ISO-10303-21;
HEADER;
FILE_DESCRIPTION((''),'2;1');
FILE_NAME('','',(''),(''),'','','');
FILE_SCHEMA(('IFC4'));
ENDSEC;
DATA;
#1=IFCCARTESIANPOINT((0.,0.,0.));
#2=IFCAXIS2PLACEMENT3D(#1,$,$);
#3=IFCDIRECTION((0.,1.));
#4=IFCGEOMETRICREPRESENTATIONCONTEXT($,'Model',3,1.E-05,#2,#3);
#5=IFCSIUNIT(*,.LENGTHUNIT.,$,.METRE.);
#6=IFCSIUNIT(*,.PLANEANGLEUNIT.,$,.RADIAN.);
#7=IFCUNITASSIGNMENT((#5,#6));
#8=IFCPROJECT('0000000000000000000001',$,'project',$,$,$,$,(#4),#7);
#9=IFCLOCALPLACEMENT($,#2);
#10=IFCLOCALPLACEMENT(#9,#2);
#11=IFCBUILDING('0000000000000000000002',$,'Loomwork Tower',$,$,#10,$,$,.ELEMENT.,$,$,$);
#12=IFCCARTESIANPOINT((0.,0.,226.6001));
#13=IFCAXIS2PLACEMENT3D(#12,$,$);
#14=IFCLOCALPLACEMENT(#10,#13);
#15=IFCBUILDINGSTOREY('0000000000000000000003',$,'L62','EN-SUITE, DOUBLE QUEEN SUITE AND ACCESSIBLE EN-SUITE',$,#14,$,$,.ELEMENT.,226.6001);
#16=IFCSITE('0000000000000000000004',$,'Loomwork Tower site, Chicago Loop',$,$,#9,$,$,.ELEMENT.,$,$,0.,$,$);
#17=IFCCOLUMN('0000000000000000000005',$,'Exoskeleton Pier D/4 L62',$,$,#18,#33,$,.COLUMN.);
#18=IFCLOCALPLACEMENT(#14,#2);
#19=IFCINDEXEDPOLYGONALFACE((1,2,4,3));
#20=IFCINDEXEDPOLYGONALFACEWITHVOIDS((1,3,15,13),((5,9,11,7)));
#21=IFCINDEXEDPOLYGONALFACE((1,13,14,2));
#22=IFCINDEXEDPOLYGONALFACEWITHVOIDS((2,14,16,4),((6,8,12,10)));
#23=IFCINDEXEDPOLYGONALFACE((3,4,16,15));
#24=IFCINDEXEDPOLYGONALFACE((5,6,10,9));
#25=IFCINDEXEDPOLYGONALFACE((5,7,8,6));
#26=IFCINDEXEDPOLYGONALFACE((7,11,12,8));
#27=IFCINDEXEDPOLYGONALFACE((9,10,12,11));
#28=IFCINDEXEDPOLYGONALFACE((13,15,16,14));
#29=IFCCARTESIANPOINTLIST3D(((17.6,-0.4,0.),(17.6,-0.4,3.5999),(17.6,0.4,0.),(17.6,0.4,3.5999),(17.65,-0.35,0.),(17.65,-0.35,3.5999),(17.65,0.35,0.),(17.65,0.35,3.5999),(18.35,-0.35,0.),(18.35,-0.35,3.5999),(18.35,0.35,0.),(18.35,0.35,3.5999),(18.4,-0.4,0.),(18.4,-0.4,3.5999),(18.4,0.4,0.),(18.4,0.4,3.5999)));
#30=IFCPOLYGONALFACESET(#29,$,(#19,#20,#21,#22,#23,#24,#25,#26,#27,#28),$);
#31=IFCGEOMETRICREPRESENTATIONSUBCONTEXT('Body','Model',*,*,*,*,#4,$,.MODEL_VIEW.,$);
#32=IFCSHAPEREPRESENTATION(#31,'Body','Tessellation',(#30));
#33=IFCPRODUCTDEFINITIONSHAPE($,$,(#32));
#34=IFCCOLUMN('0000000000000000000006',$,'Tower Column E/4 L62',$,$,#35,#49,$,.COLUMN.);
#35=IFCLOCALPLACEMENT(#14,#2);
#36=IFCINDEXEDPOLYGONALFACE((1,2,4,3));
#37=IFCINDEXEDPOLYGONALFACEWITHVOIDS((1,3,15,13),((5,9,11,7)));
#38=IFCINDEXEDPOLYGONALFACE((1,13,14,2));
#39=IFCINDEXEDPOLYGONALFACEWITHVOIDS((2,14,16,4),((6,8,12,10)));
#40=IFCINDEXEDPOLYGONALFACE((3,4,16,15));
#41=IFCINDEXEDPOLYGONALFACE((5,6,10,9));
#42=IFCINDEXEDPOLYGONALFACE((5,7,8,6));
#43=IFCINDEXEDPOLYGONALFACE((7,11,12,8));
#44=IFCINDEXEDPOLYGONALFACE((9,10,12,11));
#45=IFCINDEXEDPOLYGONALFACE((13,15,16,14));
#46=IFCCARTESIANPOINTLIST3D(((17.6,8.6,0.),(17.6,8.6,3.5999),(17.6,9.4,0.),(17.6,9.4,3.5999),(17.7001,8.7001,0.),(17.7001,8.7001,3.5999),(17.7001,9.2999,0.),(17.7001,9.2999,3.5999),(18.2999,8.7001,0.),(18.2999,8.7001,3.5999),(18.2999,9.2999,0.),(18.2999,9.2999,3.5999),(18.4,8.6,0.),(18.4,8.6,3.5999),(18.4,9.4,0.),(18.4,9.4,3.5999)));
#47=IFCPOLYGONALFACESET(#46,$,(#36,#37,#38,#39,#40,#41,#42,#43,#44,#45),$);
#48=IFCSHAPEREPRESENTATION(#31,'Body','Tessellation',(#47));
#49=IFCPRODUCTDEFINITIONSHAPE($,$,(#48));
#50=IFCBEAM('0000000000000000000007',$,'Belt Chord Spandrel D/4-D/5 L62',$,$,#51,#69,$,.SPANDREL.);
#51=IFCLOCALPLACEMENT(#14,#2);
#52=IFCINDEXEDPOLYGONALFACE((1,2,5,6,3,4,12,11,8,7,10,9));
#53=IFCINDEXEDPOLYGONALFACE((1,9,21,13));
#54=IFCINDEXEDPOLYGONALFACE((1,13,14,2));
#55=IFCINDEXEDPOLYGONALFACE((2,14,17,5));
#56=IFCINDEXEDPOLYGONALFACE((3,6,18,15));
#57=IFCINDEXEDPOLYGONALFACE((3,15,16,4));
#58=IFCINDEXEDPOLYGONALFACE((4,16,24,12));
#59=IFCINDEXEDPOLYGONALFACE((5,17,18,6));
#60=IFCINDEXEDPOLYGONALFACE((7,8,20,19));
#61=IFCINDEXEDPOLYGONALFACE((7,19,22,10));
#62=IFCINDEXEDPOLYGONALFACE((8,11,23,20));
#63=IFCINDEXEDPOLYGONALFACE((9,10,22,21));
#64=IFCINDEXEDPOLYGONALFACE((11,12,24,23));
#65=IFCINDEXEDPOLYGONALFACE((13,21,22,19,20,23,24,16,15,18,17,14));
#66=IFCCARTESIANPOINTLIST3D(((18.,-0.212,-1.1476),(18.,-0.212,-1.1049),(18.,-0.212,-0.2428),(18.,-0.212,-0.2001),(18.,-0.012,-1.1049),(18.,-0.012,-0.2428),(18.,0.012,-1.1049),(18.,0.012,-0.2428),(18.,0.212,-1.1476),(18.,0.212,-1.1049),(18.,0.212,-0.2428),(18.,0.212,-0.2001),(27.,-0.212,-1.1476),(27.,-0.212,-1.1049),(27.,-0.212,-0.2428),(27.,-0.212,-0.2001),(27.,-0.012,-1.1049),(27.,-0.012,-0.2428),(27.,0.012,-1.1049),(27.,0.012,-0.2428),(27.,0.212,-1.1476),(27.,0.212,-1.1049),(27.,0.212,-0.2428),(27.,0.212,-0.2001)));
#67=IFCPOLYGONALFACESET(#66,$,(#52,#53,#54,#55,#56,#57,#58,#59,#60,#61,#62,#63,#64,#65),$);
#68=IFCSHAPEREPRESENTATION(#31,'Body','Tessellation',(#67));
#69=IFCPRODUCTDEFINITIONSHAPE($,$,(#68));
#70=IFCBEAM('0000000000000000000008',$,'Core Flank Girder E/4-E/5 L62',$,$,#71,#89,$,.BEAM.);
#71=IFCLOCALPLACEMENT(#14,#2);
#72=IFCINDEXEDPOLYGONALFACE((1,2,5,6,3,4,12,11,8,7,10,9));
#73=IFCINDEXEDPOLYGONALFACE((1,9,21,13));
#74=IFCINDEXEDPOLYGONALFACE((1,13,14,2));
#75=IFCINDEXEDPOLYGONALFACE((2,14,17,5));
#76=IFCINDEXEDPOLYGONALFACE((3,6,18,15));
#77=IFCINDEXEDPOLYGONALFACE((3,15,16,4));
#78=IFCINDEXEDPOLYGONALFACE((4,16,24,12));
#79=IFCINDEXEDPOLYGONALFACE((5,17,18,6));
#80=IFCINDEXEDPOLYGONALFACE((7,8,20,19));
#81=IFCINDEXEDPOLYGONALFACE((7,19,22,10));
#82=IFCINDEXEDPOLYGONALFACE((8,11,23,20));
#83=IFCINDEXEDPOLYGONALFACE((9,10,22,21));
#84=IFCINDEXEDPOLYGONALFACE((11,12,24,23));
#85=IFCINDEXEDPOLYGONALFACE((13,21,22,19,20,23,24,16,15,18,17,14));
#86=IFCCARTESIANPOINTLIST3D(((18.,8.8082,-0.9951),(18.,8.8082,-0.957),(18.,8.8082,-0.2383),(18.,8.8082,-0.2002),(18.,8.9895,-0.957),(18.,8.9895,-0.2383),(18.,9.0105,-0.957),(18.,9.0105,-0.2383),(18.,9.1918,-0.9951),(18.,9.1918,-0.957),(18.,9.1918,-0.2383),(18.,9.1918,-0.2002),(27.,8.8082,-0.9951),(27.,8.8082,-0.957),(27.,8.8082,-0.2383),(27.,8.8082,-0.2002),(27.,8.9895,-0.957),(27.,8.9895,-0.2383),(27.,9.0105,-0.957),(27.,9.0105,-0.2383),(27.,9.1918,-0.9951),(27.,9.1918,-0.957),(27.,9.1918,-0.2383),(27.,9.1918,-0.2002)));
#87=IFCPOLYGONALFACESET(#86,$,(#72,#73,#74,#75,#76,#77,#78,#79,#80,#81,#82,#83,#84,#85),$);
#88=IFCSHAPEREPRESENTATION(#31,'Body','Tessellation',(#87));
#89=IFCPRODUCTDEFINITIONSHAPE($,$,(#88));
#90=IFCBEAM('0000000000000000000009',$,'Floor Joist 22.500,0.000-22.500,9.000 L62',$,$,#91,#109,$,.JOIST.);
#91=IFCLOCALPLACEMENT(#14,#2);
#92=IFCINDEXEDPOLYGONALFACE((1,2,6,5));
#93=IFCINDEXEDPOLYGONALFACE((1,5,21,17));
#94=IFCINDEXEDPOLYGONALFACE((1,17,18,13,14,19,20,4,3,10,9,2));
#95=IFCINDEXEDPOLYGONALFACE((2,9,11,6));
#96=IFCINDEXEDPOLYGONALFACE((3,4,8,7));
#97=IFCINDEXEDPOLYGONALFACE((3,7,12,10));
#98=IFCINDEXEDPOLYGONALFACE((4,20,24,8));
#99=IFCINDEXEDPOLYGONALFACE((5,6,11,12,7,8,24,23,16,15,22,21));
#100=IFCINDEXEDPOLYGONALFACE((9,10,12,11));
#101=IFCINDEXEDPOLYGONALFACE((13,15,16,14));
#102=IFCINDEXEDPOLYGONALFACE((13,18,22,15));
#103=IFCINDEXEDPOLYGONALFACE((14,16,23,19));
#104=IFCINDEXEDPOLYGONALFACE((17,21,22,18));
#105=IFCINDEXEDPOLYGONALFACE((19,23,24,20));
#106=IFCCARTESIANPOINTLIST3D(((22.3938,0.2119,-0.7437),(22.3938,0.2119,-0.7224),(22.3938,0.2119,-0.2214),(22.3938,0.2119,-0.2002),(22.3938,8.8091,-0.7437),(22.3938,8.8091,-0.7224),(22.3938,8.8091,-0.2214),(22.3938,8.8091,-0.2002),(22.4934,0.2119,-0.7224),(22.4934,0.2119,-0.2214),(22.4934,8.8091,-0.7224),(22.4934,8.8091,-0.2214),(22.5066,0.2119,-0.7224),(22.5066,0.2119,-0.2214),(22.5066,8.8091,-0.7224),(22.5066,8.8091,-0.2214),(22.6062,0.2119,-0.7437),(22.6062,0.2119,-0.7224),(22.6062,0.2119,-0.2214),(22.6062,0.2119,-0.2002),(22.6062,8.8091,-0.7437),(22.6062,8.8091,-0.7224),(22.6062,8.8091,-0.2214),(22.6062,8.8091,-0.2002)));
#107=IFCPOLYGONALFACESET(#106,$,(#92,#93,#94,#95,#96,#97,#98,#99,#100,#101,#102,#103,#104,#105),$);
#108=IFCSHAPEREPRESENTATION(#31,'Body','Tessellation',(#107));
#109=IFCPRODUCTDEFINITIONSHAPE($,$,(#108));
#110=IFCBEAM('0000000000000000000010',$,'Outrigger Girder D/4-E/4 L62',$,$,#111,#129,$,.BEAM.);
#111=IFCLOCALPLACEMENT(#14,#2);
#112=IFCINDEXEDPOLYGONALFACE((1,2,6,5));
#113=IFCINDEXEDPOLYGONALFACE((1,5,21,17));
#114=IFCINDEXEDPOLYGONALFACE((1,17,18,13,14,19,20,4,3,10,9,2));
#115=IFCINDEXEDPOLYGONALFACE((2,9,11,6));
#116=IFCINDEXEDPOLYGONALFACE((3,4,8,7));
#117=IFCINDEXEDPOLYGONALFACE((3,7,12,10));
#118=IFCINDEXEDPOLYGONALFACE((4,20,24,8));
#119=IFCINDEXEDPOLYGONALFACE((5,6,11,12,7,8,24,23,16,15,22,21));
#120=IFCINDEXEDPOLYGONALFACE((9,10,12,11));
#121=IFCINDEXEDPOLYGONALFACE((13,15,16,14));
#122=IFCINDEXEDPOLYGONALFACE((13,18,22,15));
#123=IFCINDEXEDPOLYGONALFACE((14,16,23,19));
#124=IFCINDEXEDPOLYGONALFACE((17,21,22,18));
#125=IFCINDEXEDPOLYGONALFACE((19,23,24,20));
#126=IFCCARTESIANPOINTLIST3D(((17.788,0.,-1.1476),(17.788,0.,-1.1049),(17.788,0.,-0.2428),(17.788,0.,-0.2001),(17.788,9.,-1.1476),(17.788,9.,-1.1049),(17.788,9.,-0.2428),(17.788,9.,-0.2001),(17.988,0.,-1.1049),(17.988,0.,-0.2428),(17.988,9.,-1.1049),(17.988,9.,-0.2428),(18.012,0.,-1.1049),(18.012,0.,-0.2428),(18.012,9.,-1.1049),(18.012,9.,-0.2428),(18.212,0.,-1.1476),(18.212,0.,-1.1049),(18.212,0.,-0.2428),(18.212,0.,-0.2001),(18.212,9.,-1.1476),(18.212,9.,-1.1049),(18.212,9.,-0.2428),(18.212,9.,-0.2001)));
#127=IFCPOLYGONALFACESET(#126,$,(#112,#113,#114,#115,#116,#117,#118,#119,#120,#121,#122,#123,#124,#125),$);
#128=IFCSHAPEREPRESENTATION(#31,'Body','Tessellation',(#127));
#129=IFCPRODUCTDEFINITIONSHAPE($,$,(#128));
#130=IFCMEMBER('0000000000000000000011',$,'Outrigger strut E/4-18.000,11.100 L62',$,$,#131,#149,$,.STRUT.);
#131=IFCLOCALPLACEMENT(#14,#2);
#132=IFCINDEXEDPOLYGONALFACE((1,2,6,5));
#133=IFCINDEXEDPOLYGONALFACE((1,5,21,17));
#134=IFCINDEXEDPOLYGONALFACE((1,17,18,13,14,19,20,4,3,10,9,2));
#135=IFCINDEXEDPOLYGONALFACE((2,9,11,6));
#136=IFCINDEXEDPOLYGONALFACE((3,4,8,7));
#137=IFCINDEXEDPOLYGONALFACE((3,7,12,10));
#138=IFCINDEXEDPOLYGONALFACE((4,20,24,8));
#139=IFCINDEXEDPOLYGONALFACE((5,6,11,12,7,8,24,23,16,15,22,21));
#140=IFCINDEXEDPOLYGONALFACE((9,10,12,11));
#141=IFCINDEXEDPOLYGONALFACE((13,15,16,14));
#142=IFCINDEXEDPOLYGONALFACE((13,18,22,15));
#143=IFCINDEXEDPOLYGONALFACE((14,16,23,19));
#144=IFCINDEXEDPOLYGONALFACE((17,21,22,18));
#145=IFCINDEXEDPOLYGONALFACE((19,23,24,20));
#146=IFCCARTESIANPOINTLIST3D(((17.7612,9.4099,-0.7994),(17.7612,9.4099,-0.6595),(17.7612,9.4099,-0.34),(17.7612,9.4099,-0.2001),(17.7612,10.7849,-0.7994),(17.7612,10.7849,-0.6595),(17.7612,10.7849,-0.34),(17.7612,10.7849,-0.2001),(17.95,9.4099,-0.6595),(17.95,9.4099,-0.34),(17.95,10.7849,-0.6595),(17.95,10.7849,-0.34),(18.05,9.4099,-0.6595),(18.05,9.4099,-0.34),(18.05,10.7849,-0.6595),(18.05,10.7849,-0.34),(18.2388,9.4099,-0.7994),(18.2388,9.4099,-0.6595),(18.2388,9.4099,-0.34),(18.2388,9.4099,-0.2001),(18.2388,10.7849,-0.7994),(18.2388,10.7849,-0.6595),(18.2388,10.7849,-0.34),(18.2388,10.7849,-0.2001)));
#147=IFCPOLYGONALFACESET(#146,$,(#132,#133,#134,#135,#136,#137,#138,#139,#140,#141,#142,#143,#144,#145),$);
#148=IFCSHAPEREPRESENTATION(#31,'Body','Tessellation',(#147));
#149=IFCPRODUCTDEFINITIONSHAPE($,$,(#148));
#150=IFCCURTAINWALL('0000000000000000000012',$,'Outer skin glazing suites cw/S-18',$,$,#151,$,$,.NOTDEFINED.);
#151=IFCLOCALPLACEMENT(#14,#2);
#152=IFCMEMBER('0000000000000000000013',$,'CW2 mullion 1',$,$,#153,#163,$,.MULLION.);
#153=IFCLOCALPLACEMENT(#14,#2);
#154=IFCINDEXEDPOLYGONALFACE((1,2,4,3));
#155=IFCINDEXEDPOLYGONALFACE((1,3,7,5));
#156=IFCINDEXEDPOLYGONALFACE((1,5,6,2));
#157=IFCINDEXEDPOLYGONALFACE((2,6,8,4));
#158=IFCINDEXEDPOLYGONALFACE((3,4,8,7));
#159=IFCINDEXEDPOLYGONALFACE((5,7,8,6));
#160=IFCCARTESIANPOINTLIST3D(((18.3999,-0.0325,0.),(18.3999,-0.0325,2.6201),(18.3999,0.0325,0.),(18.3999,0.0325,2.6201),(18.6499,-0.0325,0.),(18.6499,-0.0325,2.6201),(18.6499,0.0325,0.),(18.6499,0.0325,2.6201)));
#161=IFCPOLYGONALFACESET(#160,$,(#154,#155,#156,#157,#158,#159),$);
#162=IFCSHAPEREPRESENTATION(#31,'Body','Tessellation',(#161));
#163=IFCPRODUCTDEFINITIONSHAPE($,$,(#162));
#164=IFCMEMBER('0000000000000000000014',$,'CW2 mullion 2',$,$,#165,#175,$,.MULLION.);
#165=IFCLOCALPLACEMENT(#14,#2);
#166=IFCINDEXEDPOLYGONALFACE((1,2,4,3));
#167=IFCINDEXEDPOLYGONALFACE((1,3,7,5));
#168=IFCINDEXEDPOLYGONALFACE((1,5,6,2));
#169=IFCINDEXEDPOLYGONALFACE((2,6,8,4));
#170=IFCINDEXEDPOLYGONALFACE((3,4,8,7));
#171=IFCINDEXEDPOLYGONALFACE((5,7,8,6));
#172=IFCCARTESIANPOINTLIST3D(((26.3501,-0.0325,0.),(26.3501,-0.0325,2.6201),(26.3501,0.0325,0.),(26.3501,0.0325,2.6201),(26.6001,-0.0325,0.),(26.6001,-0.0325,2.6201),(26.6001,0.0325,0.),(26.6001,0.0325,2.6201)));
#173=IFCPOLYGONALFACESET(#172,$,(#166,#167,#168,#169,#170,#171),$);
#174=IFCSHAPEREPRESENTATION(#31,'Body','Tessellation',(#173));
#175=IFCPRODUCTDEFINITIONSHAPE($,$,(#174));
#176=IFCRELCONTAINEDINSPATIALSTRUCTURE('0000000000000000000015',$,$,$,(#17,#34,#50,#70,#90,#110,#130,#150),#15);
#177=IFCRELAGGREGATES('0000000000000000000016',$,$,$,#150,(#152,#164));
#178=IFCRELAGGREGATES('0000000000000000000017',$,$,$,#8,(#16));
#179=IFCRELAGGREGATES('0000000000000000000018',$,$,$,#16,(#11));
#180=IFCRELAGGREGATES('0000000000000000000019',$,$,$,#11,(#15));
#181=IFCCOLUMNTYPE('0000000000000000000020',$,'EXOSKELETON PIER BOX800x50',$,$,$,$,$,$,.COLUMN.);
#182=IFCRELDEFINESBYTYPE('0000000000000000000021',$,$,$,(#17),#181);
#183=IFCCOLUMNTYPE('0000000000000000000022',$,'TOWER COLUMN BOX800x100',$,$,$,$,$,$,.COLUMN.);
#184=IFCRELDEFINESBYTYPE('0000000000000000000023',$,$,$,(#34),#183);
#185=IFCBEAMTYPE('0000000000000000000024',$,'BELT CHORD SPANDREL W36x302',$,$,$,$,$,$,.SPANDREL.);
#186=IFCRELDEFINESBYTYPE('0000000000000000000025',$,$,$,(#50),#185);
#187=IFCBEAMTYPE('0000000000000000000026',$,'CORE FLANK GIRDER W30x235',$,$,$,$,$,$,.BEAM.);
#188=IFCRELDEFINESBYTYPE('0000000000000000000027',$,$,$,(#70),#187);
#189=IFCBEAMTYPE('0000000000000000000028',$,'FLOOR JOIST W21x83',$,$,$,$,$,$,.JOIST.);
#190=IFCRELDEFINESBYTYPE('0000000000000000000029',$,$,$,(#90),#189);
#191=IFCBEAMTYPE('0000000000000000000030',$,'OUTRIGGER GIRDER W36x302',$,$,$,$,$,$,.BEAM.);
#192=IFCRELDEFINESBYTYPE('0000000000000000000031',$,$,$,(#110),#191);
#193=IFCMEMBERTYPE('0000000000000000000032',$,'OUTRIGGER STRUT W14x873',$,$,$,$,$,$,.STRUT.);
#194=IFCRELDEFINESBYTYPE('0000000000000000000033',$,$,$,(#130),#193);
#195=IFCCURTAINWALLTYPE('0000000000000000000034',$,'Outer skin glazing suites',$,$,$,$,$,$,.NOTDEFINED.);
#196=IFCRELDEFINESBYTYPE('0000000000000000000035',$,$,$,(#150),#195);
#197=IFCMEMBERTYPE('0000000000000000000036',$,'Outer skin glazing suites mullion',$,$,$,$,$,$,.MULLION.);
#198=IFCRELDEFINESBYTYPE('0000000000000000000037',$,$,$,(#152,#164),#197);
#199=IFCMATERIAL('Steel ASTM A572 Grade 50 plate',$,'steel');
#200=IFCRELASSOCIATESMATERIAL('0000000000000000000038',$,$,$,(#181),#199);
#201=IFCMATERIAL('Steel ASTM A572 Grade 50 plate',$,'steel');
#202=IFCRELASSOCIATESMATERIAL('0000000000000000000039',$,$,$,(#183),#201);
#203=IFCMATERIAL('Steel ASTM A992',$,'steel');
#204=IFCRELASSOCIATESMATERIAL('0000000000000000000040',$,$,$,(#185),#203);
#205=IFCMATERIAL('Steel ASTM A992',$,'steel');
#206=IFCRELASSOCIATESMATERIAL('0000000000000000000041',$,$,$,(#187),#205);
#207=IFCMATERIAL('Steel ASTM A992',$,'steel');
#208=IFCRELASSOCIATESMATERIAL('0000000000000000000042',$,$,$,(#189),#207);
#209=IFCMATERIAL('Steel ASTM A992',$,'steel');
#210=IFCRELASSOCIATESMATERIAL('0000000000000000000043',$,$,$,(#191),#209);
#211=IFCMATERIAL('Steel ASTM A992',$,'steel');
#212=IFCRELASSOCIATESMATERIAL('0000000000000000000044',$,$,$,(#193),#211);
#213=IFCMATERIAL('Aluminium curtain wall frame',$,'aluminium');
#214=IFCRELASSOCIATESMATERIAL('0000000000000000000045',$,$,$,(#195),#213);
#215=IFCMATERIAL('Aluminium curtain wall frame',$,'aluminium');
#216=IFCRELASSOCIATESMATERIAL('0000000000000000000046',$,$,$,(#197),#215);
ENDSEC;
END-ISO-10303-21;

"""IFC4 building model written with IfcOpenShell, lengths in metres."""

from ifc_helpers import new_model, si_unit, direction, frame, origin, origin_2d, place, context, subcontext, project, spatial, rectangle, hollow_rectangle, i_section, extrude, material, material_profile, profile_set, type_object, element, aggregate, save


model = new_model("IFC4")

# Units and contexts
model_context = context("Model", 3, precision=1e-05, world=origin(), true_north=direction((0.0, 1.0)))
body_context = subcontext(model_context, "Body", "Model", "MODEL_VIEW")
ifc_project = project(units=[si_unit("LENGTHUNIT", "METRE"), si_unit("PLANEANGLEUNIT", "RADIAN")], contexts=[model_context])

# Site, building, storey
site_placement = place(None, origin())
site = spatial("IfcSite", under=ifc_project, at=site_placement, Name="Loomwork Tower site, Chicago Loop", CompositionType="ELEMENT", RefElevation=0.0)
building_placement = place(site_placement, origin())
building = spatial("IfcBuilding", under=site, at=building_placement, Name="Loomwork Tower", CompositionType="ELEMENT")
storey_placement = place(building_placement, frame((0.0, 0.0, 226.6001)))
storey = spatial("IfcBuildingStorey", under=building, at=storey_placement, Name="L62", Description="EN-SUITE, DOUBLE QUEEN SUITE AND ACCESSIBLE EN-SUITE", CompositionType="ELEMENT", Elevation=226.6001)

# Columns
ifc_material_1 = material(Name="Steel ASTM A572 Grade 50 plate", Category="steel")
ifc_material_profile_1 = material_profile(ifc_material_1, hollow_rectangle(XDim=0.8, YDim=0.8, WallThickness=0.05, at=origin_2d()), Name="BOX800x50")
ifc_profile_set_1 = profile_set([ifc_material_profile_1], Name="Steel ASTM A572 Grade 50 plate")
column_type_1 = type_object("IfcColumnType", Name="EXOSKELETON PIER BOX800x50", PredefinedType="COLUMN", material=ifc_profile_set_1)
column_1_placement = place(storey_placement, frame((18.0, 0.0, 0.0), z_axis=(0.0, 0.0, 1.0), x_axis=(1.0, 0.0, 0.0)))
element("IfcColumn", 1, at=column_1_placement, inside=storey, type_object=column_type_1, Name="Exoskeleton Pier D/4 L62", PredefinedType="COLUMN", context=body_context, shape_type="SweptSolid", body=[
    extrude(hollow_rectangle(XDim=0.8, YDim=0.8, WallThickness=0.05, at=origin_2d()), origin(), (0.0, 0.0, 1.0), 3.5999),
])
ifc_material_2 = material(Name="Steel ASTM A572 Grade 50 plate", Category="steel")
ifc_material_profile_2 = material_profile(ifc_material_2, hollow_rectangle(XDim=0.8, YDim=0.8, WallThickness=0.1001, at=origin_2d()), Name="BOX800x100")
ifc_profile_set_2 = profile_set([ifc_material_profile_2], Name="Steel ASTM A572 Grade 50 plate")
column_type_2 = type_object("IfcColumnType", Name="TOWER COLUMN BOX800x100", PredefinedType="COLUMN", material=ifc_profile_set_2)
column_2_placement = place(storey_placement, frame((18.0, 9.0, 0.0), z_axis=(0.0, 0.0, 1.0), x_axis=(1.0, 0.0, 0.0)))
element("IfcColumn", 2, at=column_2_placement, inside=storey, type_object=column_type_2, Name="Tower Column E/4 L62", PredefinedType="COLUMN", context=body_context, shape_type="SweptSolid", body=[
    extrude(hollow_rectangle(XDim=0.8, YDim=0.8, WallThickness=0.1001, at=origin_2d()), origin(), (0.0, 0.0, 1.0), 3.5999),
])

# Beams
ifc_material_3 = material(Name="Steel ASTM A992", Category="steel")
ifc_material_profile_3 = material_profile(ifc_material_3, i_section(OverallWidth=0.4241, OverallDepth=0.9475, WebThickness=0.0239, FlangeThickness=0.0427, at=origin_2d()), Name="W36x302")
ifc_profile_set_3 = profile_set([ifc_material_profile_3], Name="Steel ASTM A992")
beam_type_1 = type_object("IfcBeamType", Name="BELT CHORD SPANDREL W36x302", PredefinedType="SPANDREL", material=ifc_profile_set_3)
beam_1_placement = place(storey_placement, frame((18.0, 0.0, -0.6738), z_axis=(1.0, 0.0, 0.0), x_axis=(0.0, 1.0, 0.0)))
element("IfcBeam", 3, at=beam_1_placement, inside=storey, type_object=beam_type_1, Name="Belt Chord Spandrel D/4-D/5 L62", PredefinedType="SPANDREL", context=body_context, shape_type="SweptSolid", body=[
    extrude(i_section(OverallWidth=0.4241, OverallDepth=0.9475, WebThickness=0.0239, FlangeThickness=0.0427, at=origin_2d()), origin(), (0.0, 0.0, 1.0), 9.0),
])
ifc_material_4 = material(Name="Steel ASTM A992", Category="steel")
ifc_material_profile_4 = material_profile(ifc_material_4, i_section(OverallWidth=0.3835, OverallDepth=0.7949, WebThickness=0.021, FlangeThickness=0.0381, at=origin_2d()), Name="W30x235")
ifc_profile_set_4 = profile_set([ifc_material_profile_4], Name="Steel ASTM A992")
beam_type_2 = type_object("IfcBeamType", Name="CORE FLANK GIRDER W30x235", PredefinedType="BEAM", material=ifc_profile_set_4)
beam_2_placement = place(storey_placement, frame((18.0, 9.0, -0.5977), z_axis=(1.0, 0.0, 0.0), x_axis=(0.0, 1.0, 0.0)))
element("IfcBeam", 4, at=beam_2_placement, inside=storey, type_object=beam_type_2, Name="Core Flank Girder E/4-E/5 L62", PredefinedType="BEAM", context=body_context, shape_type="SweptSolid", body=[
    extrude(i_section(OverallWidth=0.3835, OverallDepth=0.7949, WebThickness=0.021, FlangeThickness=0.0381, at=origin_2d()), origin(), (0.0, 0.0, 1.0), 9.0),
])
ifc_material_5 = material(Name="Steel ASTM A992", Category="steel")
ifc_material_profile_5 = material_profile(ifc_material_5, i_section(OverallWidth=0.2124, OverallDepth=0.5435, WebThickness=0.0132, FlangeThickness=0.0212, at=origin_2d()), Name="W21x83")
ifc_profile_set_5 = profile_set([ifc_material_profile_5], Name="Steel ASTM A992")
beam_type_3 = type_object("IfcBeamType", Name="FLOOR JOIST W21x83", PredefinedType="JOIST", material=ifc_profile_set_5)
beam_3_placement = place(storey_placement, frame((22.5, 0.2119, -0.4719), z_axis=(0.0, 1.0, 0.0), x_axis=(-1.0, 0.0, 0.0)))
element("IfcBeam", 5, at=beam_3_placement, inside=storey, type_object=beam_type_3, Name="Floor Joist 22.500,0.000-22.500,9.000 L62", PredefinedType="JOIST", context=body_context, shape_type="SweptSolid", body=[
    extrude(i_section(OverallWidth=0.2124, OverallDepth=0.5435, WebThickness=0.0132, FlangeThickness=0.0212, at=origin_2d()), origin(), (0.0, 0.0, 1.0), 8.5972),
])
ifc_material_6 = material(Name="Steel ASTM A992", Category="steel")
ifc_material_profile_6 = material_profile(ifc_material_6, i_section(OverallWidth=0.4241, OverallDepth=0.9475, WebThickness=0.0239, FlangeThickness=0.0427, at=origin_2d()), Name="W36x302")
ifc_profile_set_6 = profile_set([ifc_material_profile_6], Name="Steel ASTM A992")
beam_type_4 = type_object("IfcBeamType", Name="OUTRIGGER GIRDER W36x302", PredefinedType="BEAM", material=ifc_profile_set_6)
beam_4_placement = place(storey_placement, frame((18.0, 0.0, -0.6738), z_axis=(0.0, 1.0, 0.0), x_axis=(-1.0, 0.0, 0.0)))
element("IfcBeam", 6, at=beam_4_placement, inside=storey, type_object=beam_type_4, Name="Outrigger Girder D/4-E/4 L62", PredefinedType="BEAM", context=body_context, shape_type="SweptSolid", body=[
    extrude(i_section(OverallWidth=0.4241, OverallDepth=0.9475, WebThickness=0.0239, FlangeThickness=0.0427, at=origin_2d()), origin(), (0.0, 0.0, 1.0), 9.0),
])

# Member
ifc_material_7 = material(Name="Steel ASTM A992", Category="steel")
ifc_material_profile_7 = material_profile(ifc_material_7, i_section(OverallWidth=0.4775, OverallDepth=0.5994, WebThickness=0.1001, FlangeThickness=0.1399, at=origin_2d()), Name="W14x873")
ifc_profile_set_7 = profile_set([ifc_material_profile_7], Name="Steel ASTM A992")
member_type_1 = type_object("IfcMemberType", Name="OUTRIGGER STRUT W14x873", PredefinedType="STRUT", material=ifc_profile_set_7)
member_1_placement = place(storey_placement, frame((18.0, 9.4099, -0.4998), z_axis=(0.0, 1.0, 0.0), x_axis=(-1.0, 0.0, 0.0)))
element("IfcMember", 7, at=member_1_placement, inside=storey, type_object=member_type_1, Name="Outrigger strut E/4-18.000,11.100 L62", PredefinedType="STRUT", context=body_context, shape_type="SweptSolid", body=[
    extrude(i_section(OverallWidth=0.4775, OverallDepth=0.5994, WebThickness=0.1001, FlangeThickness=0.1399, at=origin_2d()), origin(), (0.0, 0.0, 1.0), 1.375),
])

# Curtain wall, members
ifc_material_8 = material(Name="Aluminium curtain wall frame", Category="aluminium")
curtain_wall_type = type_object("IfcCurtainWallType", Name="Outer skin glazing suites", PredefinedType="NOTDEFINED", material=ifc_material_8)
curtain_wall_placement = place(storey_placement, origin())
curtain_wall = element("IfcCurtainWall", 8, at=curtain_wall_placement, inside=storey, type_object=curtain_wall_type, Name="Outer skin glazing suites cw/S-18", PredefinedType="NOTDEFINED")
ifc_material_9 = material(Name="Aluminium curtain wall frame", Category="aluminium")
ifc_material_profile_8 = material_profile(ifc_material_9, rectangle(XDim=0.0649, YDim=0.25, at=origin_2d()), Name="AL 65x250")
ifc_profile_set_8 = profile_set([ifc_material_profile_8], Name="Aluminium curtain wall frame")
member_type_2 = type_object("IfcMemberType", Name="Outer skin glazing suites mullion", PredefinedType="MULLION", material=ifc_profile_set_8)
member_2_placement = place(storey_placement, frame((18.5249, 0.0, 0.0), z_axis=(0.0, 0.0, 1.0), x_axis=(0.0, 1.0, 0.0)))
member_2 = element("IfcMember", 9, at=member_2_placement, type_object=member_type_2, Name="CW2 mullion 1", PredefinedType="MULLION", context=body_context, shape_type="SweptSolid", body=[
    extrude(rectangle(XDim=0.0649, YDim=0.25, at=origin_2d()), origin(), (0.0, 0.0, 1.0), 2.6201),
])
member_3_placement = place(storey_placement, frame((26.4751, 0.0, 0.0), z_axis=(0.0, 0.0, 1.0), x_axis=(0.0, 1.0, 0.0)))
member_3 = element("IfcMember", 10, at=member_3_placement, type_object=member_type_2, Name="CW2 mullion 2", PredefinedType="MULLION", context=body_context, shape_type="SweptSolid", body=[
    extrude(rectangle(XDim=0.0649, YDim=0.25, at=origin_2d()), origin(), (0.0, 0.0, 1.0), 2.6201),
])
aggregate(curtain_wall, [member_2, member_3])

save(model, "model.ifc")
